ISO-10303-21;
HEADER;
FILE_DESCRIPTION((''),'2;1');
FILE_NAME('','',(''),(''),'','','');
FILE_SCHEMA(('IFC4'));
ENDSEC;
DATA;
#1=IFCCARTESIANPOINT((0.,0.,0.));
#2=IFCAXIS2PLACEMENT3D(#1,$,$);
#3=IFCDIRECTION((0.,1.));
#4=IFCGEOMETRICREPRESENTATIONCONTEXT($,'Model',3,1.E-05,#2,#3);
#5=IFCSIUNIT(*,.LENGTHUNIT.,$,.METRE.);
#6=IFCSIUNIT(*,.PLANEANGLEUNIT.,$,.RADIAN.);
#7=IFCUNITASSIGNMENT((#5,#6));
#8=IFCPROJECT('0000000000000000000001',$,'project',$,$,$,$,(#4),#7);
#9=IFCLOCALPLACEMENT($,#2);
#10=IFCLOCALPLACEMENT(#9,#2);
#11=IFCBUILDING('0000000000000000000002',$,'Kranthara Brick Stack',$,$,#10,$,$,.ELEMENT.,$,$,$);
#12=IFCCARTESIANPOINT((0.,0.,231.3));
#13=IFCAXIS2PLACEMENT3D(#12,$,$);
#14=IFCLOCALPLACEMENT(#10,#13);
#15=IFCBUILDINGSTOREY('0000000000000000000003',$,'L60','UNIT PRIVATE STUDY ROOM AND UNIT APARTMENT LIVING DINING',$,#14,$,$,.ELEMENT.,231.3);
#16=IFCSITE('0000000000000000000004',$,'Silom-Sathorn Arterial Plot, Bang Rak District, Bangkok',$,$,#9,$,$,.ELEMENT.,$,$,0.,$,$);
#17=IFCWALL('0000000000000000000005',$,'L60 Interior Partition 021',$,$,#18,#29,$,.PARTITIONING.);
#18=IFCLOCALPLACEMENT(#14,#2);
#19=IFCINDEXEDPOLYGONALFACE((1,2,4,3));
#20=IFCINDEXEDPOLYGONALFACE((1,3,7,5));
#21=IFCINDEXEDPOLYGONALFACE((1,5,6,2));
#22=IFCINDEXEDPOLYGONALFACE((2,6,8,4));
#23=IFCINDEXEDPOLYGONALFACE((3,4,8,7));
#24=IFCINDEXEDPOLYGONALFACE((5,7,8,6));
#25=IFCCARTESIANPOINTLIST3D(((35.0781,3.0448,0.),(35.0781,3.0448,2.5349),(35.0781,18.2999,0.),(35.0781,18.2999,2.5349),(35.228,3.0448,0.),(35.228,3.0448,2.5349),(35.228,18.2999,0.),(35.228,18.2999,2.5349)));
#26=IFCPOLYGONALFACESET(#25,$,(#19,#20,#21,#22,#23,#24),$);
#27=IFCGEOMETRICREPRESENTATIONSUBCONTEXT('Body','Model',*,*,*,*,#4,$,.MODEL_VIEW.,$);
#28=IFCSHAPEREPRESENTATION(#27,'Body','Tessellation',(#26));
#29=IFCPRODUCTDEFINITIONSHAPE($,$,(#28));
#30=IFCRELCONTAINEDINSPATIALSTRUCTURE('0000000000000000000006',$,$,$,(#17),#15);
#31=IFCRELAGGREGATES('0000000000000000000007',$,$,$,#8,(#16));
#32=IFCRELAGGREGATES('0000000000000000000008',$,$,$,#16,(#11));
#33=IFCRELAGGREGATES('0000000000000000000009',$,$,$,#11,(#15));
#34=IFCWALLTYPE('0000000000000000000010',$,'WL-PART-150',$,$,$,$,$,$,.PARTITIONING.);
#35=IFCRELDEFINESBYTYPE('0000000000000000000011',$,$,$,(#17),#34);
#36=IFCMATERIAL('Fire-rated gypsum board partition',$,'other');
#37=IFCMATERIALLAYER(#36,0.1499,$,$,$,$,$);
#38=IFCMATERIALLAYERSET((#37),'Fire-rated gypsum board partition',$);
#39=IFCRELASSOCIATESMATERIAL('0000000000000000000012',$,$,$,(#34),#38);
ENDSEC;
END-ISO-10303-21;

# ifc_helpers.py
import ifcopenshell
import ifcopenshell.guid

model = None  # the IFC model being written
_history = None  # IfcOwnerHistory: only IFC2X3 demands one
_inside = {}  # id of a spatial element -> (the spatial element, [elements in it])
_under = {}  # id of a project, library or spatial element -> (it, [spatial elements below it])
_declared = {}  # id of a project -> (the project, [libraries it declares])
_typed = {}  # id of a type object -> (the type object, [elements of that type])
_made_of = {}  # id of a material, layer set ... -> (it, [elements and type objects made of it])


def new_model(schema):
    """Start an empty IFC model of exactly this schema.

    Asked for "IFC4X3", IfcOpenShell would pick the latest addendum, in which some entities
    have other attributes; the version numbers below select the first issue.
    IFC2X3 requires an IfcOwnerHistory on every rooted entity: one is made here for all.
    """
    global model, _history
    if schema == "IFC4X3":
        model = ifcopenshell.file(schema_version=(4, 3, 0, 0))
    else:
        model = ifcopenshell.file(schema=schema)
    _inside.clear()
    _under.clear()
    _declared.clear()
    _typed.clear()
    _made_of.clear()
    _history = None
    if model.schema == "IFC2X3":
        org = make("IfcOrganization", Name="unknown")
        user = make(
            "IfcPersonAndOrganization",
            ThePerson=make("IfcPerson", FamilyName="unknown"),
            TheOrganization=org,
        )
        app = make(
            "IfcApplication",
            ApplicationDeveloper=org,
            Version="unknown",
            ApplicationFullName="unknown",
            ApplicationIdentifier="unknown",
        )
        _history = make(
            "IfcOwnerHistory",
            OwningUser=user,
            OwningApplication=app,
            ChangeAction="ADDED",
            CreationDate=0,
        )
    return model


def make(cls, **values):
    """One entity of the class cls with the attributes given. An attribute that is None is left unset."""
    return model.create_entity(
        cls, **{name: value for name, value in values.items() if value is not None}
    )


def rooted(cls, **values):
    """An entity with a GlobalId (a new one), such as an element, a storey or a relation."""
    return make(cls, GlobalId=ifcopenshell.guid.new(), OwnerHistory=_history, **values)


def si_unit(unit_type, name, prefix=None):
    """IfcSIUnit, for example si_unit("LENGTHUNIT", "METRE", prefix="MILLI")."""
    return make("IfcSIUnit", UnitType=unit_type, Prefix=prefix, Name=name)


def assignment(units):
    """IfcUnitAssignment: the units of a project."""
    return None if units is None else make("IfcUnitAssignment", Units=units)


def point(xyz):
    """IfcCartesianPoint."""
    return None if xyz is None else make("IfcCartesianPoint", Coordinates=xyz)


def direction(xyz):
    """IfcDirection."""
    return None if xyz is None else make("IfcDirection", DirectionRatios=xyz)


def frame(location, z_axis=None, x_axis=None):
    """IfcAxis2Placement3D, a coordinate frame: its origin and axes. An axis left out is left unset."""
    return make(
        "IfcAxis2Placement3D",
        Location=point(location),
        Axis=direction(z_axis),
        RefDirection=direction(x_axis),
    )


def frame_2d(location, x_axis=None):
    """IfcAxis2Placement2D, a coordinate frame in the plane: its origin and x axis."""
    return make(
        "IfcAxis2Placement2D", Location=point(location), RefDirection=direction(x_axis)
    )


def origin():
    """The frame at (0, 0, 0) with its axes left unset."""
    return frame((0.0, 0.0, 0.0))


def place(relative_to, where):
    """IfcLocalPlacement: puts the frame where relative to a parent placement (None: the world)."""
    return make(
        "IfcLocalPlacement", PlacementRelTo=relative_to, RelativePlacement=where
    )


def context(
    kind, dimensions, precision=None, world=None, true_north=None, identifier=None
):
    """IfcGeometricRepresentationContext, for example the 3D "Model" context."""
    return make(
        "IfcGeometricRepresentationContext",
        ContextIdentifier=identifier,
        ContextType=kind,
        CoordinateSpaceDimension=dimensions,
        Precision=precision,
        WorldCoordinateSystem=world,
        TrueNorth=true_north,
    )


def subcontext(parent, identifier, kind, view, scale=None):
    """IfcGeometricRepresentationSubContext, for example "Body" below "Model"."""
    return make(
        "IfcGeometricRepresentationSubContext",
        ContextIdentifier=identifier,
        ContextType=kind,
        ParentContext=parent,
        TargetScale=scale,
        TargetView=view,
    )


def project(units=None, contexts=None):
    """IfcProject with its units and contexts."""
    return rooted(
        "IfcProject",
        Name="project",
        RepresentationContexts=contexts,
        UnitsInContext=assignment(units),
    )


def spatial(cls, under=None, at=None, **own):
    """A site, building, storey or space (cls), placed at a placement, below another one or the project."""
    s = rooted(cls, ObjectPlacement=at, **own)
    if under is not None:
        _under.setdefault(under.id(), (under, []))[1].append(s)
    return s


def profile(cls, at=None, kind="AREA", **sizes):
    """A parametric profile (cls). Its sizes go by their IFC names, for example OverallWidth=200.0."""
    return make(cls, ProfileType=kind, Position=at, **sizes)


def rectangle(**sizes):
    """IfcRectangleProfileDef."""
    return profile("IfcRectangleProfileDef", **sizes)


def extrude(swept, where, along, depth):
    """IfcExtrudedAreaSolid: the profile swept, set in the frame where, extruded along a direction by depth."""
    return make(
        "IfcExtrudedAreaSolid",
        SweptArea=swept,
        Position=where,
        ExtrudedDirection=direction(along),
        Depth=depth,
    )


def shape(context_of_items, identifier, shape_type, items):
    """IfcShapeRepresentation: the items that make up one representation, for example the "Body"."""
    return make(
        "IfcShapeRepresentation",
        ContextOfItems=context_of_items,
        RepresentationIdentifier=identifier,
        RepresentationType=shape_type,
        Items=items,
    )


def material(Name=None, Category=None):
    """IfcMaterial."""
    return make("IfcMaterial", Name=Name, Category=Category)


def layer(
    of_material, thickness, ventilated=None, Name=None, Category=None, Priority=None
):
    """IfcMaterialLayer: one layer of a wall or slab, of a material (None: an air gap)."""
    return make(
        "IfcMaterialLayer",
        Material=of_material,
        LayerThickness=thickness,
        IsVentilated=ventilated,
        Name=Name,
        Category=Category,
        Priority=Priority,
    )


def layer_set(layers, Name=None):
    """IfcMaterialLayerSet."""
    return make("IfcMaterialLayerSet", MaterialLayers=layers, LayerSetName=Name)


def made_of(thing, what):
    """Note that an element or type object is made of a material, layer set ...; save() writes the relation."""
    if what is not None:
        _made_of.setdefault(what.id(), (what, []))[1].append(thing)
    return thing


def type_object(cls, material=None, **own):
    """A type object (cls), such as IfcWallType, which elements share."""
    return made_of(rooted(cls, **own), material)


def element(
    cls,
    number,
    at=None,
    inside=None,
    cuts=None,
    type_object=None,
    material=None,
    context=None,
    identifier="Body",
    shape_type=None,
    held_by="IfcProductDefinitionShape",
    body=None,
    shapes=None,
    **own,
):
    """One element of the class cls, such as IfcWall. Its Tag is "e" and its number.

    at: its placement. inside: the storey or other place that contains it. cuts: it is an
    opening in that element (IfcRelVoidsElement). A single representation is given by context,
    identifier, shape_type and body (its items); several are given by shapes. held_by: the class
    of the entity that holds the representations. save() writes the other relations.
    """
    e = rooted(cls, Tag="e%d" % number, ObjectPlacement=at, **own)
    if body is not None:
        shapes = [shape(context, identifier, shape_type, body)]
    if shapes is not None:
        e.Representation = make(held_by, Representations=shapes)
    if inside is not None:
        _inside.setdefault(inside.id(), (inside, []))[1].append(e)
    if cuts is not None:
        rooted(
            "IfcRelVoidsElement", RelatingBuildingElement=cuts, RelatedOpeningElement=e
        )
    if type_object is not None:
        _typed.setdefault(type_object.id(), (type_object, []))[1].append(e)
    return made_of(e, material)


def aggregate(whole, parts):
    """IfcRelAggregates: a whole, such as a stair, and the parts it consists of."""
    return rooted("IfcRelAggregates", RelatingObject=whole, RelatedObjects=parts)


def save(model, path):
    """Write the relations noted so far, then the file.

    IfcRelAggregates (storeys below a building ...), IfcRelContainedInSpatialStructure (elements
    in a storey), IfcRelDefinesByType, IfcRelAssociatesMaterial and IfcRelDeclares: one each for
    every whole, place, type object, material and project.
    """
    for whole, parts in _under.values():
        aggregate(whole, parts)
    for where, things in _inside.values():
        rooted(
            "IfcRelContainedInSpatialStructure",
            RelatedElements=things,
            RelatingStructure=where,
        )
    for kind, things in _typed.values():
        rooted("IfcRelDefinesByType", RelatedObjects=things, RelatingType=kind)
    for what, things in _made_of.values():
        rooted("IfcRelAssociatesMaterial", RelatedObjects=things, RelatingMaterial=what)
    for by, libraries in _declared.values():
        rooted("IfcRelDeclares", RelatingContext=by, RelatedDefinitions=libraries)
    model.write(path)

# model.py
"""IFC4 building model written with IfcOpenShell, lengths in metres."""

from ifc_helpers import new_model, si_unit, direction, frame, frame_2d, origin, place, context, subcontext, project, spatial, rectangle, extrude, material, layer, layer_set, type_object, element, save


model = new_model("IFC4")

# Units and contexts
model_context = context("Model", 3, precision=1e-05, world=origin(), true_north=direction((0.0, 1.0)))
body_context = subcontext(model_context, "Body", "Model", "MODEL_VIEW")
ifc_project = project(units=[si_unit("LENGTHUNIT", "METRE"), si_unit("PLANEANGLEUNIT", "RADIAN")], contexts=[model_context])

# Site, building, storey
site_placement = place(None, origin())
site = spatial("IfcSite", under=ifc_project, at=site_placement, Name="Silom-Sathorn Arterial Plot, Bang Rak District, Bangkok", CompositionType="ELEMENT", RefElevation=0.0)
building_placement = place(site_placement, origin())
building = spatial("IfcBuilding", under=site, at=building_placement, Name="Kranthara Brick Stack", CompositionType="ELEMENT")
storey_placement = place(building_placement, frame((0.0, 0.0, 231.3)))
storey = spatial("IfcBuildingStorey", under=building, at=storey_placement, Name="L60", Description="UNIT PRIVATE STUDY ROOM AND UNIT APARTMENT LIVING DINING", CompositionType="ELEMENT", Elevation=231.3)

# Wall
ifc_material_1 = material(Name="Fire-rated gypsum board partition", Category="other")
ifc_layer_1 = layer(ifc_material_1, 0.1499)
ifc_layer_set_1 = layer_set([ifc_layer_1], Name="Fire-rated gypsum board partition")
wall_type_1 = type_object("IfcWallType", Name="WL-PART-150", PredefinedType="PARTITIONING", material=ifc_layer_set_1)
wall_placement = place(storey_placement, frame((35.1531, 3.0449, 0.0), z_axis=(0.0, 0.0, 1.0), x_axis=(0.0, 1.0, 0.0)))
element("IfcWall", 1, at=wall_placement, inside=storey, type_object=wall_type_1, Name="L60 Interior Partition 021", PredefinedType="PARTITIONING", context=body_context, shape_type="SweptSolid", body=[
    extrude(rectangle(XDim=15.2551, YDim=0.1499, at=frame_2d((7.6274, 0.0))), origin(), (0.0, 0.0, 1.0), 2.5349),
])

save(model, "model.ifc")
